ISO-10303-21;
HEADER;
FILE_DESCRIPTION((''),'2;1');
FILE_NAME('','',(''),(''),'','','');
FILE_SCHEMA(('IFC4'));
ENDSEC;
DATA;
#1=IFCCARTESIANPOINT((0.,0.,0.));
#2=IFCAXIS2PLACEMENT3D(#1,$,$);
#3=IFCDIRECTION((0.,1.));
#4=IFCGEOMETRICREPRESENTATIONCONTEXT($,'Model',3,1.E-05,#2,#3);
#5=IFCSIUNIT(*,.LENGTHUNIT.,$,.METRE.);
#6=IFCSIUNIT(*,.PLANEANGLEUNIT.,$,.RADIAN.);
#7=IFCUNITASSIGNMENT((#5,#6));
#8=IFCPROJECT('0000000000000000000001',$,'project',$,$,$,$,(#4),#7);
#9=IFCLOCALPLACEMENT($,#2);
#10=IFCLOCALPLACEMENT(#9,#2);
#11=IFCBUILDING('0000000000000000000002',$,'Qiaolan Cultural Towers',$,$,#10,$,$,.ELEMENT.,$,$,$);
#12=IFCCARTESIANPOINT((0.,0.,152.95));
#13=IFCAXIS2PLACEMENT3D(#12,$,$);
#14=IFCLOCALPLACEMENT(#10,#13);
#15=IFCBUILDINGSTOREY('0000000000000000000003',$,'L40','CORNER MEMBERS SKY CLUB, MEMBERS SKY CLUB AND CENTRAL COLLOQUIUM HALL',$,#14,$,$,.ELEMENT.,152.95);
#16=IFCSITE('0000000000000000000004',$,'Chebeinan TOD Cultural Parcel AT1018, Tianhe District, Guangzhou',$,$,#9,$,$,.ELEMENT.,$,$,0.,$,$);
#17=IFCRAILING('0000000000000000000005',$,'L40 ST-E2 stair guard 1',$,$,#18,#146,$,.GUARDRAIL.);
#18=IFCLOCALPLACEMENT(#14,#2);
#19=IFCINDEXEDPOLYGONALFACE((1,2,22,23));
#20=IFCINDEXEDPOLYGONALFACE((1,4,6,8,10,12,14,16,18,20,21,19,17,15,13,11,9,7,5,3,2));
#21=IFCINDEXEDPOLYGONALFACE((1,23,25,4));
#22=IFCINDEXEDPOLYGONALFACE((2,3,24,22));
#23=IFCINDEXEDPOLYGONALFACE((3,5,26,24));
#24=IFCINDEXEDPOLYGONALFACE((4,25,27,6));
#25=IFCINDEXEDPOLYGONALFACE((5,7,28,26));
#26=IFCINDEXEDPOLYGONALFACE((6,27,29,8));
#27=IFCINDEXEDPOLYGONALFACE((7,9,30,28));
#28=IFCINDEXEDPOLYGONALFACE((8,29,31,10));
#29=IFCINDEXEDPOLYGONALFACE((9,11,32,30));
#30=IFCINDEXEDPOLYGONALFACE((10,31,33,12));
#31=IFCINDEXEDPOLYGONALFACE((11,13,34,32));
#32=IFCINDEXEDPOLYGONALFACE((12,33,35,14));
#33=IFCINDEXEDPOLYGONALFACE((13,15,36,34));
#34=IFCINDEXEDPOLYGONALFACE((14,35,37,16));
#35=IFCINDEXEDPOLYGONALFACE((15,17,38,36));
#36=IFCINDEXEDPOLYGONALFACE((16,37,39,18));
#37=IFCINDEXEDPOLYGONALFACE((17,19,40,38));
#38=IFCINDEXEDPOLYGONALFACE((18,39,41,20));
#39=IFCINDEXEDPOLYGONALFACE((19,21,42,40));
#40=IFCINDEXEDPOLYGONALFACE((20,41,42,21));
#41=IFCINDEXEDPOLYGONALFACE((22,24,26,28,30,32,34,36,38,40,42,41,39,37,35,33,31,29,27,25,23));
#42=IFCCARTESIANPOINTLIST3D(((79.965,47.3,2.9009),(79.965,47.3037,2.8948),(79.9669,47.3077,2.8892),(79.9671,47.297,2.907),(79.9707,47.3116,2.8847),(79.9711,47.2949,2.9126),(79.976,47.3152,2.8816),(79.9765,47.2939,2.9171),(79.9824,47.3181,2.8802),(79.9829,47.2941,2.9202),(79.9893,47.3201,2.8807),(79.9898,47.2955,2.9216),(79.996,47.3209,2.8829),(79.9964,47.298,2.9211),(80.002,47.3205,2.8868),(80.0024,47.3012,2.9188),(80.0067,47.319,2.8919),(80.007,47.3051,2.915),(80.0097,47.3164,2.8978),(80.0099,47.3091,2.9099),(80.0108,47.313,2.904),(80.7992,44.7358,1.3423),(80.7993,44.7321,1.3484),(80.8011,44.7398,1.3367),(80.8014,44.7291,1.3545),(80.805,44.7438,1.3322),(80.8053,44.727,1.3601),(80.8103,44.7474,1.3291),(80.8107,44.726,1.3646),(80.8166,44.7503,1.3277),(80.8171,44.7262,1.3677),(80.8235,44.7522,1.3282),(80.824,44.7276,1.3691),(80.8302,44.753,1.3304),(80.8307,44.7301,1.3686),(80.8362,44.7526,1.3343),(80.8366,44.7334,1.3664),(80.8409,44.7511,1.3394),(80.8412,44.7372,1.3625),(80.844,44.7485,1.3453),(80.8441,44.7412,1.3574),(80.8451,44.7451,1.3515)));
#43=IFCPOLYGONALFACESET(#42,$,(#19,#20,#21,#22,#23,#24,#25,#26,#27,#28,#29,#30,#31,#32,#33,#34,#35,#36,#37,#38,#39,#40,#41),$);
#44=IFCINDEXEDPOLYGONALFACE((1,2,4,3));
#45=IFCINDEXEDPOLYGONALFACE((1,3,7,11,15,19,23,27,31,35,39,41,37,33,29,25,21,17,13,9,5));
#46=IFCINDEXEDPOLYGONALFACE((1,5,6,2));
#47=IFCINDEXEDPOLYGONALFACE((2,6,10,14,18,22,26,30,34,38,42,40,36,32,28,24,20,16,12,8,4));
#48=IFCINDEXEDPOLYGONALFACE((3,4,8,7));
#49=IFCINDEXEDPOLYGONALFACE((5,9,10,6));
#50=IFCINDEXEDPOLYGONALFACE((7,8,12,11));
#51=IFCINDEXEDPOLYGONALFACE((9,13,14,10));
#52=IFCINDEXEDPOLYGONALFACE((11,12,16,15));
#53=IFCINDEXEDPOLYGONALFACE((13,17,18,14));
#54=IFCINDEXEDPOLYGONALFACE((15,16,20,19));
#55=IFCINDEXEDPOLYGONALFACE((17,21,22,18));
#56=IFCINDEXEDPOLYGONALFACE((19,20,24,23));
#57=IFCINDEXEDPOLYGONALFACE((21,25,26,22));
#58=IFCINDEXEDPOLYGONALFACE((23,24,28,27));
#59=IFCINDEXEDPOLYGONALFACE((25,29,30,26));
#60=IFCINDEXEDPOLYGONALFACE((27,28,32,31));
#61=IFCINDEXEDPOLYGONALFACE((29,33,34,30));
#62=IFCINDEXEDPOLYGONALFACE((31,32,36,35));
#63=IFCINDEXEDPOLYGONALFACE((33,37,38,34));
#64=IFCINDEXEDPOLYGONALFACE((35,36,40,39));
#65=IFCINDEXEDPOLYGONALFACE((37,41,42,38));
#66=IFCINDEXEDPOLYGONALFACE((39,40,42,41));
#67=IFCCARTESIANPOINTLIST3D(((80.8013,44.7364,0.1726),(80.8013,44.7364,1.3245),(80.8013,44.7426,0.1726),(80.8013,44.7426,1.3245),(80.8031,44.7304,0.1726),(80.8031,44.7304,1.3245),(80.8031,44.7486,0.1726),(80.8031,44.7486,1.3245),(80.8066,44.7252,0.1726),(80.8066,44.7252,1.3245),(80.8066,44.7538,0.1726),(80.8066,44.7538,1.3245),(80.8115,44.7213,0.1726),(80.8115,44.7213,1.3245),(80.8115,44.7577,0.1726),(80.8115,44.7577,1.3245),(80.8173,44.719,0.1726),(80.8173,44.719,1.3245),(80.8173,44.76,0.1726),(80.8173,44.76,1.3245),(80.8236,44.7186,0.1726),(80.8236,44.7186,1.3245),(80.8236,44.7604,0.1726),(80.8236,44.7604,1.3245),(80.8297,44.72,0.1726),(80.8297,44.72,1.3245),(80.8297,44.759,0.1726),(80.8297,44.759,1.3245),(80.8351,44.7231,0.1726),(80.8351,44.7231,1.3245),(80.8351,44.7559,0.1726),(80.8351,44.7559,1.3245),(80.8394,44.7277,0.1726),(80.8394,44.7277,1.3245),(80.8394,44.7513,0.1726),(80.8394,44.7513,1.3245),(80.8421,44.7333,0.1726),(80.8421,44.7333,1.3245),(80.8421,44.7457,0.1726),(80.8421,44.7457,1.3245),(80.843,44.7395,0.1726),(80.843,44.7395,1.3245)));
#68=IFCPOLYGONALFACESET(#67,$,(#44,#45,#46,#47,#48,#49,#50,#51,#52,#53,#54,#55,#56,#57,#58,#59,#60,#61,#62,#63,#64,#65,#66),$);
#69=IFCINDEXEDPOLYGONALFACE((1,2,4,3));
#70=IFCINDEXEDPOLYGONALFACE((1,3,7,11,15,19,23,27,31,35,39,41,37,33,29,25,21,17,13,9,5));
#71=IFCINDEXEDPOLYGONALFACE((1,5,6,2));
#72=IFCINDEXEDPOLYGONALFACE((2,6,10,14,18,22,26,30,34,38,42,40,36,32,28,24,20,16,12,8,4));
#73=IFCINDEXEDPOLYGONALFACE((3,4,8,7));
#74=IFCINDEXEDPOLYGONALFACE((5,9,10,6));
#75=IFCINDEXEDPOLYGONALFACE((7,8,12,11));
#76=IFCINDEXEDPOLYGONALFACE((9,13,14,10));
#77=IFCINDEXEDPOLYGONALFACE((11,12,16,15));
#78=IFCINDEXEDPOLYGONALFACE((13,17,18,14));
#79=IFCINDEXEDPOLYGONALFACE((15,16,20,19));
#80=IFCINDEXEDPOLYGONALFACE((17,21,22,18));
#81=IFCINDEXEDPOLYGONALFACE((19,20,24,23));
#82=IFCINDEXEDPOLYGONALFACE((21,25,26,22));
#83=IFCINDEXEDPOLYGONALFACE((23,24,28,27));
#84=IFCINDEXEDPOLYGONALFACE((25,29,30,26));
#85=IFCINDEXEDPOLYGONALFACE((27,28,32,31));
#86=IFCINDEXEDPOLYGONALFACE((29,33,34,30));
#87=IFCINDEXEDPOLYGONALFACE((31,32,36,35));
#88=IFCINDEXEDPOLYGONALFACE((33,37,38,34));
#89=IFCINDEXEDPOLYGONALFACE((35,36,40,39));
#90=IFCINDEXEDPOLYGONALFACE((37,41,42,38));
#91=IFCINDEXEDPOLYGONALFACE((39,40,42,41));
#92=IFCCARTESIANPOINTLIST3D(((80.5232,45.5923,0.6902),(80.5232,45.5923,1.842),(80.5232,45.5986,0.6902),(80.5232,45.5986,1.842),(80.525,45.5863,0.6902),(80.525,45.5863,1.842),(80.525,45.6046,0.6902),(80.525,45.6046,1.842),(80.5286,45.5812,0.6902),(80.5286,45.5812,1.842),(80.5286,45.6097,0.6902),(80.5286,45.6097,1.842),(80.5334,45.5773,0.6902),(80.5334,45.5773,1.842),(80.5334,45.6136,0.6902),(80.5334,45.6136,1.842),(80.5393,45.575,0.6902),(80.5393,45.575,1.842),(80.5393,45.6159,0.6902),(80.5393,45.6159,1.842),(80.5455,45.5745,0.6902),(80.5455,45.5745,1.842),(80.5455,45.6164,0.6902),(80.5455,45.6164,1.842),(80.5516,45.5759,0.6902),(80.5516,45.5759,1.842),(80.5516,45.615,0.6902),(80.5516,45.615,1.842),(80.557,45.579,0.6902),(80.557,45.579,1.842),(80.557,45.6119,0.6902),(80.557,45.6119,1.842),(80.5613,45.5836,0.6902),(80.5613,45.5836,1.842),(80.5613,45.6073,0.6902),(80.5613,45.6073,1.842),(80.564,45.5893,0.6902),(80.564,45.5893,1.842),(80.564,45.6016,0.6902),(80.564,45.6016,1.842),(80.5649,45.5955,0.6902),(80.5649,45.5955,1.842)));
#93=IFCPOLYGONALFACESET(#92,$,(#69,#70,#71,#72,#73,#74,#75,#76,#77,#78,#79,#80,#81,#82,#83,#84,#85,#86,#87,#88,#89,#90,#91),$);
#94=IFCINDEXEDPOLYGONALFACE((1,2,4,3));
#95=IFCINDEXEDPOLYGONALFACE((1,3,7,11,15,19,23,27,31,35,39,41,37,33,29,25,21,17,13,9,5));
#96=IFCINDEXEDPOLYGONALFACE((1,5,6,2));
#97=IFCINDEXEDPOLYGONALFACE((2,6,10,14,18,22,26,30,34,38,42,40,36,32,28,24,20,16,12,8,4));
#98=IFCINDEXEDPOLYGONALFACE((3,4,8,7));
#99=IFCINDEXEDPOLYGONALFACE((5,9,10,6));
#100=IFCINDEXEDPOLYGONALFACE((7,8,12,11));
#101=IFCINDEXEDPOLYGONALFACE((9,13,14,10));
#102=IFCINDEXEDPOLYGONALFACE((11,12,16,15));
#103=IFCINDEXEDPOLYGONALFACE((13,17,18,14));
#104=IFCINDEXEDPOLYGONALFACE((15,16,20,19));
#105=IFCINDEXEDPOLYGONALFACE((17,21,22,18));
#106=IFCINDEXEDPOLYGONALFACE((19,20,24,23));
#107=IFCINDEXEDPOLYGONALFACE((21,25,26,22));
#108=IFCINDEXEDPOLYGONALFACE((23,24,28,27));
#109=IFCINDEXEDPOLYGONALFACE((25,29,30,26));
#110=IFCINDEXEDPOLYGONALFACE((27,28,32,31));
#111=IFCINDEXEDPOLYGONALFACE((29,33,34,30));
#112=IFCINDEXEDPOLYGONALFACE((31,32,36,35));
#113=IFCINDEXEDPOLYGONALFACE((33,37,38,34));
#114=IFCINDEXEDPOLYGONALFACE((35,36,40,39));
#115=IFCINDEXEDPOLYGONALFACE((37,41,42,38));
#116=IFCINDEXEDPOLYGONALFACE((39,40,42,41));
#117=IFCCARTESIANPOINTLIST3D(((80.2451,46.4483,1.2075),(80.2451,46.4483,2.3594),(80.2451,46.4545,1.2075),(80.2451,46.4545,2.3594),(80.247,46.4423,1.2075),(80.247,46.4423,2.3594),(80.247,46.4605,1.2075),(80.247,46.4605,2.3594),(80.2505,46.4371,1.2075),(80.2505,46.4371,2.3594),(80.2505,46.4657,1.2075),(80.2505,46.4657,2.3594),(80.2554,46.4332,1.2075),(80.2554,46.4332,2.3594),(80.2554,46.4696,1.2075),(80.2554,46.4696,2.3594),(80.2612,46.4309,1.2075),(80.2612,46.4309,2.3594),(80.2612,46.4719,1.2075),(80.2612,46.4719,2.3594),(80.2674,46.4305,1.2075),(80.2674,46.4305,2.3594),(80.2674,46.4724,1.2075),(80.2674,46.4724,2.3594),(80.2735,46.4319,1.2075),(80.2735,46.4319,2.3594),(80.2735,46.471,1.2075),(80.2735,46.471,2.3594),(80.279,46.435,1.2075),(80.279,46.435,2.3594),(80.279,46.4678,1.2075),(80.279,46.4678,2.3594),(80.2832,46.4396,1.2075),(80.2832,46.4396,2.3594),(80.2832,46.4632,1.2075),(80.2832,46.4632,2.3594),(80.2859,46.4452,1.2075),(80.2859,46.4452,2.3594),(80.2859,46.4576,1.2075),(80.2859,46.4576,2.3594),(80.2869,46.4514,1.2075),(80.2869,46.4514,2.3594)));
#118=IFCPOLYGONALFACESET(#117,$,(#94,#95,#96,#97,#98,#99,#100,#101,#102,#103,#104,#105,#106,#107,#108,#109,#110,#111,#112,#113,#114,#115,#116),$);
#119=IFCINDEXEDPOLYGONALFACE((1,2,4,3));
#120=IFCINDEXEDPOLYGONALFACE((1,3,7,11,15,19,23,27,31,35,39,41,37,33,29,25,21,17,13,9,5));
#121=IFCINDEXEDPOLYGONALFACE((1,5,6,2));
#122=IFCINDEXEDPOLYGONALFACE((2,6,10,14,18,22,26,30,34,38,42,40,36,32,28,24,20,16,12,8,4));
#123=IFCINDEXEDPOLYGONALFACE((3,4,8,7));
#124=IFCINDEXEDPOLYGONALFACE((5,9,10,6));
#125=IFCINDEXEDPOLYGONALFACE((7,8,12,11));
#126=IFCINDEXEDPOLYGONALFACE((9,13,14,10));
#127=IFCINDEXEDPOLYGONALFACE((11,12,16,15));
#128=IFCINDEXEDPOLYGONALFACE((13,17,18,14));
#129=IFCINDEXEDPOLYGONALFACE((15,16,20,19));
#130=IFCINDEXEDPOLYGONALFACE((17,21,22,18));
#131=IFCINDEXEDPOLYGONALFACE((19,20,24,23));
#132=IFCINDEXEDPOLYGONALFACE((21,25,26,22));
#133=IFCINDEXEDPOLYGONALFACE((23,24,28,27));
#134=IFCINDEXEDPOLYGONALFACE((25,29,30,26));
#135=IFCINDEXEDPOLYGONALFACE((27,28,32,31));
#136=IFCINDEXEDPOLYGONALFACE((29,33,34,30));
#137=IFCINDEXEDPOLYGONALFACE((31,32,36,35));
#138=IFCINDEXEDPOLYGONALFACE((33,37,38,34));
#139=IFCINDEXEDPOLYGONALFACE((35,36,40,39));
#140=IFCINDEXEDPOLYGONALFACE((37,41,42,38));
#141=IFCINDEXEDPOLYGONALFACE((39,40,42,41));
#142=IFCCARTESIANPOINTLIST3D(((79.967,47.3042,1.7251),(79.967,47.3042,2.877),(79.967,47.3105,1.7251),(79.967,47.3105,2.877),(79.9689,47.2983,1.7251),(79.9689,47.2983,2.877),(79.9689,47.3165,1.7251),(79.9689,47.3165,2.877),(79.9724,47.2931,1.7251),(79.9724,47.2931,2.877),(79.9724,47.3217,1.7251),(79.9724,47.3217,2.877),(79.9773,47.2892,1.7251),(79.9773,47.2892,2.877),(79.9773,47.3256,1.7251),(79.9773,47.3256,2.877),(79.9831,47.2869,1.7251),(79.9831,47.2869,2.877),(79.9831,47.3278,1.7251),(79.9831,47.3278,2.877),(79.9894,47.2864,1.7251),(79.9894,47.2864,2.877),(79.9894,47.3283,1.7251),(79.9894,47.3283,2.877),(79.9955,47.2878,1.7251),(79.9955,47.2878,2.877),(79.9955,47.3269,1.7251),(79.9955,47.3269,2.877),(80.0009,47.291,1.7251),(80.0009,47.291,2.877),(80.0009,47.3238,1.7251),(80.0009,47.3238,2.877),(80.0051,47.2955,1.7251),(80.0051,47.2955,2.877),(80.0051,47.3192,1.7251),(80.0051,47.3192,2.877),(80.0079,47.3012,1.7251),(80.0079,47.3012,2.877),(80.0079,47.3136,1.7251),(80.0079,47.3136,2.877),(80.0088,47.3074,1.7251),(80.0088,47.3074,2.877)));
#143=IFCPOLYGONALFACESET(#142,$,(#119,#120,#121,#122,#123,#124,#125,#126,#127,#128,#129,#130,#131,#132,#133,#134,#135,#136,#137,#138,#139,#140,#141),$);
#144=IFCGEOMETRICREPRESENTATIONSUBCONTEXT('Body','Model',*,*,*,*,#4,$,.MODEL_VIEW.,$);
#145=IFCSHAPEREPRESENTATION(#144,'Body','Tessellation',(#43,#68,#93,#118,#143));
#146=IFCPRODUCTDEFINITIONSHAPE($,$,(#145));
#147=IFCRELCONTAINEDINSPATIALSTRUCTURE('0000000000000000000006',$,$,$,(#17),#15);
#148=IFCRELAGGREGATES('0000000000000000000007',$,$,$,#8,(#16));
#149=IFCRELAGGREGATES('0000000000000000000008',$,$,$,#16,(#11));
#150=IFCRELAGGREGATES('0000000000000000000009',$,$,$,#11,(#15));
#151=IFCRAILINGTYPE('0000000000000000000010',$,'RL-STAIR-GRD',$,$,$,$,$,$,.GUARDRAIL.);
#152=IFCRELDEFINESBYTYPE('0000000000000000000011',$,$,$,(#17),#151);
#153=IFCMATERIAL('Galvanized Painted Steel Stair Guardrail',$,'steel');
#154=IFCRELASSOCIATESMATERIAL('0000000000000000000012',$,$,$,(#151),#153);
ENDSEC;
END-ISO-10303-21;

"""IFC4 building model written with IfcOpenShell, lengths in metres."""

from ifc_helpers import new_model, si_unit, direction, frame, origin, origin_2d, place, context, subcontext, project, spatial, circle, extrude, material, type_object, element, save


model = new_model("IFC4")

# Units and contexts
model_context = context("Model", 3, precision=1e-05, world=origin(), true_north=direction((0.0, 1.0)))
body_context = subcontext(model_context, "Body", "Model", "MODEL_VIEW")
ifc_project = project(units=[si_unit("LENGTHUNIT", "METRE"), si_unit("PLANEANGLEUNIT", "RADIAN")], contexts=[model_context])

# Site, building, storey
site_placement = place(None, origin())
site = spatial("IfcSite", under=ifc_project, at=site_placement, Name="Chebeinan TOD Cultural Parcel AT1018, Tianhe District, Guangzhou", CompositionType="ELEMENT", RefElevation=0.0)
building_placement = place(site_placement, origin())
building = spatial("IfcBuilding", under=site, at=building_placement, Name="Qiaolan Cultural Towers", CompositionType="ELEMENT")
storey_placement = place(building_placement, frame((0.0, 0.0, 152.95)))
storey = spatial("IfcBuildingStorey", under=building, at=storey_placement, Name="L40", Description="CORNER MEMBERS SKY CLUB, MEMBERS SKY CLUB AND CENTRAL COLLOQUIUM HALL", CompositionType="ELEMENT", Elevation=152.95)

# Railing
ifc_material_1 = material(Name="Galvanized Painted Steel Stair Guardrail", Category="steel")
railing_type_1 = type_object("IfcRailingType", Name="RL-STAIR-GRD", PredefinedType="GUARDRAIL", material=ifc_material_1)
railing_1_placement = place(storey_placement, frame((80.822, 44.7395, 0.1726)))
element("IfcRailing", 1, at=railing_1_placement, inside=storey, type_object=railing_type_1, Name="L40 ST-E2 stair guard 1", PredefinedType="GUARDRAIL", context=body_context, shape_type="SweptSolid", body=[
    extrude(circle(Radius=0.0239, at=origin_2d()), frame((0.0, 0.0, 1.1758), z_axis=(-0.267853, 0.824488, 0.498471), x_axis=(-0.95107, -0.308976, 0.0)), (0.0, 0.0, 1.0), 3.1145),
    extrude(circle(Radius=0.021, at=origin_2d()), origin(), (0.0, 0.0, 1.0), 1.1519),
    extrude(circle(Radius=0.021, at=origin_2d()), frame((-0.2781, 0.856, 0.5176)), (0.0, 0.0, 1.0), 1.1519),
    extrude(circle(Radius=0.021, at=origin_2d()), frame((-0.5562, 1.7119, 1.0349)), (0.0, 0.0, 1.0), 1.1519),
    extrude(circle(Radius=0.021, at=origin_2d()), frame((-0.8342, 2.5679, 1.5525)), (0.0, 0.0, 1.0), 1.1519),
])

save(model, "model.ifc")
